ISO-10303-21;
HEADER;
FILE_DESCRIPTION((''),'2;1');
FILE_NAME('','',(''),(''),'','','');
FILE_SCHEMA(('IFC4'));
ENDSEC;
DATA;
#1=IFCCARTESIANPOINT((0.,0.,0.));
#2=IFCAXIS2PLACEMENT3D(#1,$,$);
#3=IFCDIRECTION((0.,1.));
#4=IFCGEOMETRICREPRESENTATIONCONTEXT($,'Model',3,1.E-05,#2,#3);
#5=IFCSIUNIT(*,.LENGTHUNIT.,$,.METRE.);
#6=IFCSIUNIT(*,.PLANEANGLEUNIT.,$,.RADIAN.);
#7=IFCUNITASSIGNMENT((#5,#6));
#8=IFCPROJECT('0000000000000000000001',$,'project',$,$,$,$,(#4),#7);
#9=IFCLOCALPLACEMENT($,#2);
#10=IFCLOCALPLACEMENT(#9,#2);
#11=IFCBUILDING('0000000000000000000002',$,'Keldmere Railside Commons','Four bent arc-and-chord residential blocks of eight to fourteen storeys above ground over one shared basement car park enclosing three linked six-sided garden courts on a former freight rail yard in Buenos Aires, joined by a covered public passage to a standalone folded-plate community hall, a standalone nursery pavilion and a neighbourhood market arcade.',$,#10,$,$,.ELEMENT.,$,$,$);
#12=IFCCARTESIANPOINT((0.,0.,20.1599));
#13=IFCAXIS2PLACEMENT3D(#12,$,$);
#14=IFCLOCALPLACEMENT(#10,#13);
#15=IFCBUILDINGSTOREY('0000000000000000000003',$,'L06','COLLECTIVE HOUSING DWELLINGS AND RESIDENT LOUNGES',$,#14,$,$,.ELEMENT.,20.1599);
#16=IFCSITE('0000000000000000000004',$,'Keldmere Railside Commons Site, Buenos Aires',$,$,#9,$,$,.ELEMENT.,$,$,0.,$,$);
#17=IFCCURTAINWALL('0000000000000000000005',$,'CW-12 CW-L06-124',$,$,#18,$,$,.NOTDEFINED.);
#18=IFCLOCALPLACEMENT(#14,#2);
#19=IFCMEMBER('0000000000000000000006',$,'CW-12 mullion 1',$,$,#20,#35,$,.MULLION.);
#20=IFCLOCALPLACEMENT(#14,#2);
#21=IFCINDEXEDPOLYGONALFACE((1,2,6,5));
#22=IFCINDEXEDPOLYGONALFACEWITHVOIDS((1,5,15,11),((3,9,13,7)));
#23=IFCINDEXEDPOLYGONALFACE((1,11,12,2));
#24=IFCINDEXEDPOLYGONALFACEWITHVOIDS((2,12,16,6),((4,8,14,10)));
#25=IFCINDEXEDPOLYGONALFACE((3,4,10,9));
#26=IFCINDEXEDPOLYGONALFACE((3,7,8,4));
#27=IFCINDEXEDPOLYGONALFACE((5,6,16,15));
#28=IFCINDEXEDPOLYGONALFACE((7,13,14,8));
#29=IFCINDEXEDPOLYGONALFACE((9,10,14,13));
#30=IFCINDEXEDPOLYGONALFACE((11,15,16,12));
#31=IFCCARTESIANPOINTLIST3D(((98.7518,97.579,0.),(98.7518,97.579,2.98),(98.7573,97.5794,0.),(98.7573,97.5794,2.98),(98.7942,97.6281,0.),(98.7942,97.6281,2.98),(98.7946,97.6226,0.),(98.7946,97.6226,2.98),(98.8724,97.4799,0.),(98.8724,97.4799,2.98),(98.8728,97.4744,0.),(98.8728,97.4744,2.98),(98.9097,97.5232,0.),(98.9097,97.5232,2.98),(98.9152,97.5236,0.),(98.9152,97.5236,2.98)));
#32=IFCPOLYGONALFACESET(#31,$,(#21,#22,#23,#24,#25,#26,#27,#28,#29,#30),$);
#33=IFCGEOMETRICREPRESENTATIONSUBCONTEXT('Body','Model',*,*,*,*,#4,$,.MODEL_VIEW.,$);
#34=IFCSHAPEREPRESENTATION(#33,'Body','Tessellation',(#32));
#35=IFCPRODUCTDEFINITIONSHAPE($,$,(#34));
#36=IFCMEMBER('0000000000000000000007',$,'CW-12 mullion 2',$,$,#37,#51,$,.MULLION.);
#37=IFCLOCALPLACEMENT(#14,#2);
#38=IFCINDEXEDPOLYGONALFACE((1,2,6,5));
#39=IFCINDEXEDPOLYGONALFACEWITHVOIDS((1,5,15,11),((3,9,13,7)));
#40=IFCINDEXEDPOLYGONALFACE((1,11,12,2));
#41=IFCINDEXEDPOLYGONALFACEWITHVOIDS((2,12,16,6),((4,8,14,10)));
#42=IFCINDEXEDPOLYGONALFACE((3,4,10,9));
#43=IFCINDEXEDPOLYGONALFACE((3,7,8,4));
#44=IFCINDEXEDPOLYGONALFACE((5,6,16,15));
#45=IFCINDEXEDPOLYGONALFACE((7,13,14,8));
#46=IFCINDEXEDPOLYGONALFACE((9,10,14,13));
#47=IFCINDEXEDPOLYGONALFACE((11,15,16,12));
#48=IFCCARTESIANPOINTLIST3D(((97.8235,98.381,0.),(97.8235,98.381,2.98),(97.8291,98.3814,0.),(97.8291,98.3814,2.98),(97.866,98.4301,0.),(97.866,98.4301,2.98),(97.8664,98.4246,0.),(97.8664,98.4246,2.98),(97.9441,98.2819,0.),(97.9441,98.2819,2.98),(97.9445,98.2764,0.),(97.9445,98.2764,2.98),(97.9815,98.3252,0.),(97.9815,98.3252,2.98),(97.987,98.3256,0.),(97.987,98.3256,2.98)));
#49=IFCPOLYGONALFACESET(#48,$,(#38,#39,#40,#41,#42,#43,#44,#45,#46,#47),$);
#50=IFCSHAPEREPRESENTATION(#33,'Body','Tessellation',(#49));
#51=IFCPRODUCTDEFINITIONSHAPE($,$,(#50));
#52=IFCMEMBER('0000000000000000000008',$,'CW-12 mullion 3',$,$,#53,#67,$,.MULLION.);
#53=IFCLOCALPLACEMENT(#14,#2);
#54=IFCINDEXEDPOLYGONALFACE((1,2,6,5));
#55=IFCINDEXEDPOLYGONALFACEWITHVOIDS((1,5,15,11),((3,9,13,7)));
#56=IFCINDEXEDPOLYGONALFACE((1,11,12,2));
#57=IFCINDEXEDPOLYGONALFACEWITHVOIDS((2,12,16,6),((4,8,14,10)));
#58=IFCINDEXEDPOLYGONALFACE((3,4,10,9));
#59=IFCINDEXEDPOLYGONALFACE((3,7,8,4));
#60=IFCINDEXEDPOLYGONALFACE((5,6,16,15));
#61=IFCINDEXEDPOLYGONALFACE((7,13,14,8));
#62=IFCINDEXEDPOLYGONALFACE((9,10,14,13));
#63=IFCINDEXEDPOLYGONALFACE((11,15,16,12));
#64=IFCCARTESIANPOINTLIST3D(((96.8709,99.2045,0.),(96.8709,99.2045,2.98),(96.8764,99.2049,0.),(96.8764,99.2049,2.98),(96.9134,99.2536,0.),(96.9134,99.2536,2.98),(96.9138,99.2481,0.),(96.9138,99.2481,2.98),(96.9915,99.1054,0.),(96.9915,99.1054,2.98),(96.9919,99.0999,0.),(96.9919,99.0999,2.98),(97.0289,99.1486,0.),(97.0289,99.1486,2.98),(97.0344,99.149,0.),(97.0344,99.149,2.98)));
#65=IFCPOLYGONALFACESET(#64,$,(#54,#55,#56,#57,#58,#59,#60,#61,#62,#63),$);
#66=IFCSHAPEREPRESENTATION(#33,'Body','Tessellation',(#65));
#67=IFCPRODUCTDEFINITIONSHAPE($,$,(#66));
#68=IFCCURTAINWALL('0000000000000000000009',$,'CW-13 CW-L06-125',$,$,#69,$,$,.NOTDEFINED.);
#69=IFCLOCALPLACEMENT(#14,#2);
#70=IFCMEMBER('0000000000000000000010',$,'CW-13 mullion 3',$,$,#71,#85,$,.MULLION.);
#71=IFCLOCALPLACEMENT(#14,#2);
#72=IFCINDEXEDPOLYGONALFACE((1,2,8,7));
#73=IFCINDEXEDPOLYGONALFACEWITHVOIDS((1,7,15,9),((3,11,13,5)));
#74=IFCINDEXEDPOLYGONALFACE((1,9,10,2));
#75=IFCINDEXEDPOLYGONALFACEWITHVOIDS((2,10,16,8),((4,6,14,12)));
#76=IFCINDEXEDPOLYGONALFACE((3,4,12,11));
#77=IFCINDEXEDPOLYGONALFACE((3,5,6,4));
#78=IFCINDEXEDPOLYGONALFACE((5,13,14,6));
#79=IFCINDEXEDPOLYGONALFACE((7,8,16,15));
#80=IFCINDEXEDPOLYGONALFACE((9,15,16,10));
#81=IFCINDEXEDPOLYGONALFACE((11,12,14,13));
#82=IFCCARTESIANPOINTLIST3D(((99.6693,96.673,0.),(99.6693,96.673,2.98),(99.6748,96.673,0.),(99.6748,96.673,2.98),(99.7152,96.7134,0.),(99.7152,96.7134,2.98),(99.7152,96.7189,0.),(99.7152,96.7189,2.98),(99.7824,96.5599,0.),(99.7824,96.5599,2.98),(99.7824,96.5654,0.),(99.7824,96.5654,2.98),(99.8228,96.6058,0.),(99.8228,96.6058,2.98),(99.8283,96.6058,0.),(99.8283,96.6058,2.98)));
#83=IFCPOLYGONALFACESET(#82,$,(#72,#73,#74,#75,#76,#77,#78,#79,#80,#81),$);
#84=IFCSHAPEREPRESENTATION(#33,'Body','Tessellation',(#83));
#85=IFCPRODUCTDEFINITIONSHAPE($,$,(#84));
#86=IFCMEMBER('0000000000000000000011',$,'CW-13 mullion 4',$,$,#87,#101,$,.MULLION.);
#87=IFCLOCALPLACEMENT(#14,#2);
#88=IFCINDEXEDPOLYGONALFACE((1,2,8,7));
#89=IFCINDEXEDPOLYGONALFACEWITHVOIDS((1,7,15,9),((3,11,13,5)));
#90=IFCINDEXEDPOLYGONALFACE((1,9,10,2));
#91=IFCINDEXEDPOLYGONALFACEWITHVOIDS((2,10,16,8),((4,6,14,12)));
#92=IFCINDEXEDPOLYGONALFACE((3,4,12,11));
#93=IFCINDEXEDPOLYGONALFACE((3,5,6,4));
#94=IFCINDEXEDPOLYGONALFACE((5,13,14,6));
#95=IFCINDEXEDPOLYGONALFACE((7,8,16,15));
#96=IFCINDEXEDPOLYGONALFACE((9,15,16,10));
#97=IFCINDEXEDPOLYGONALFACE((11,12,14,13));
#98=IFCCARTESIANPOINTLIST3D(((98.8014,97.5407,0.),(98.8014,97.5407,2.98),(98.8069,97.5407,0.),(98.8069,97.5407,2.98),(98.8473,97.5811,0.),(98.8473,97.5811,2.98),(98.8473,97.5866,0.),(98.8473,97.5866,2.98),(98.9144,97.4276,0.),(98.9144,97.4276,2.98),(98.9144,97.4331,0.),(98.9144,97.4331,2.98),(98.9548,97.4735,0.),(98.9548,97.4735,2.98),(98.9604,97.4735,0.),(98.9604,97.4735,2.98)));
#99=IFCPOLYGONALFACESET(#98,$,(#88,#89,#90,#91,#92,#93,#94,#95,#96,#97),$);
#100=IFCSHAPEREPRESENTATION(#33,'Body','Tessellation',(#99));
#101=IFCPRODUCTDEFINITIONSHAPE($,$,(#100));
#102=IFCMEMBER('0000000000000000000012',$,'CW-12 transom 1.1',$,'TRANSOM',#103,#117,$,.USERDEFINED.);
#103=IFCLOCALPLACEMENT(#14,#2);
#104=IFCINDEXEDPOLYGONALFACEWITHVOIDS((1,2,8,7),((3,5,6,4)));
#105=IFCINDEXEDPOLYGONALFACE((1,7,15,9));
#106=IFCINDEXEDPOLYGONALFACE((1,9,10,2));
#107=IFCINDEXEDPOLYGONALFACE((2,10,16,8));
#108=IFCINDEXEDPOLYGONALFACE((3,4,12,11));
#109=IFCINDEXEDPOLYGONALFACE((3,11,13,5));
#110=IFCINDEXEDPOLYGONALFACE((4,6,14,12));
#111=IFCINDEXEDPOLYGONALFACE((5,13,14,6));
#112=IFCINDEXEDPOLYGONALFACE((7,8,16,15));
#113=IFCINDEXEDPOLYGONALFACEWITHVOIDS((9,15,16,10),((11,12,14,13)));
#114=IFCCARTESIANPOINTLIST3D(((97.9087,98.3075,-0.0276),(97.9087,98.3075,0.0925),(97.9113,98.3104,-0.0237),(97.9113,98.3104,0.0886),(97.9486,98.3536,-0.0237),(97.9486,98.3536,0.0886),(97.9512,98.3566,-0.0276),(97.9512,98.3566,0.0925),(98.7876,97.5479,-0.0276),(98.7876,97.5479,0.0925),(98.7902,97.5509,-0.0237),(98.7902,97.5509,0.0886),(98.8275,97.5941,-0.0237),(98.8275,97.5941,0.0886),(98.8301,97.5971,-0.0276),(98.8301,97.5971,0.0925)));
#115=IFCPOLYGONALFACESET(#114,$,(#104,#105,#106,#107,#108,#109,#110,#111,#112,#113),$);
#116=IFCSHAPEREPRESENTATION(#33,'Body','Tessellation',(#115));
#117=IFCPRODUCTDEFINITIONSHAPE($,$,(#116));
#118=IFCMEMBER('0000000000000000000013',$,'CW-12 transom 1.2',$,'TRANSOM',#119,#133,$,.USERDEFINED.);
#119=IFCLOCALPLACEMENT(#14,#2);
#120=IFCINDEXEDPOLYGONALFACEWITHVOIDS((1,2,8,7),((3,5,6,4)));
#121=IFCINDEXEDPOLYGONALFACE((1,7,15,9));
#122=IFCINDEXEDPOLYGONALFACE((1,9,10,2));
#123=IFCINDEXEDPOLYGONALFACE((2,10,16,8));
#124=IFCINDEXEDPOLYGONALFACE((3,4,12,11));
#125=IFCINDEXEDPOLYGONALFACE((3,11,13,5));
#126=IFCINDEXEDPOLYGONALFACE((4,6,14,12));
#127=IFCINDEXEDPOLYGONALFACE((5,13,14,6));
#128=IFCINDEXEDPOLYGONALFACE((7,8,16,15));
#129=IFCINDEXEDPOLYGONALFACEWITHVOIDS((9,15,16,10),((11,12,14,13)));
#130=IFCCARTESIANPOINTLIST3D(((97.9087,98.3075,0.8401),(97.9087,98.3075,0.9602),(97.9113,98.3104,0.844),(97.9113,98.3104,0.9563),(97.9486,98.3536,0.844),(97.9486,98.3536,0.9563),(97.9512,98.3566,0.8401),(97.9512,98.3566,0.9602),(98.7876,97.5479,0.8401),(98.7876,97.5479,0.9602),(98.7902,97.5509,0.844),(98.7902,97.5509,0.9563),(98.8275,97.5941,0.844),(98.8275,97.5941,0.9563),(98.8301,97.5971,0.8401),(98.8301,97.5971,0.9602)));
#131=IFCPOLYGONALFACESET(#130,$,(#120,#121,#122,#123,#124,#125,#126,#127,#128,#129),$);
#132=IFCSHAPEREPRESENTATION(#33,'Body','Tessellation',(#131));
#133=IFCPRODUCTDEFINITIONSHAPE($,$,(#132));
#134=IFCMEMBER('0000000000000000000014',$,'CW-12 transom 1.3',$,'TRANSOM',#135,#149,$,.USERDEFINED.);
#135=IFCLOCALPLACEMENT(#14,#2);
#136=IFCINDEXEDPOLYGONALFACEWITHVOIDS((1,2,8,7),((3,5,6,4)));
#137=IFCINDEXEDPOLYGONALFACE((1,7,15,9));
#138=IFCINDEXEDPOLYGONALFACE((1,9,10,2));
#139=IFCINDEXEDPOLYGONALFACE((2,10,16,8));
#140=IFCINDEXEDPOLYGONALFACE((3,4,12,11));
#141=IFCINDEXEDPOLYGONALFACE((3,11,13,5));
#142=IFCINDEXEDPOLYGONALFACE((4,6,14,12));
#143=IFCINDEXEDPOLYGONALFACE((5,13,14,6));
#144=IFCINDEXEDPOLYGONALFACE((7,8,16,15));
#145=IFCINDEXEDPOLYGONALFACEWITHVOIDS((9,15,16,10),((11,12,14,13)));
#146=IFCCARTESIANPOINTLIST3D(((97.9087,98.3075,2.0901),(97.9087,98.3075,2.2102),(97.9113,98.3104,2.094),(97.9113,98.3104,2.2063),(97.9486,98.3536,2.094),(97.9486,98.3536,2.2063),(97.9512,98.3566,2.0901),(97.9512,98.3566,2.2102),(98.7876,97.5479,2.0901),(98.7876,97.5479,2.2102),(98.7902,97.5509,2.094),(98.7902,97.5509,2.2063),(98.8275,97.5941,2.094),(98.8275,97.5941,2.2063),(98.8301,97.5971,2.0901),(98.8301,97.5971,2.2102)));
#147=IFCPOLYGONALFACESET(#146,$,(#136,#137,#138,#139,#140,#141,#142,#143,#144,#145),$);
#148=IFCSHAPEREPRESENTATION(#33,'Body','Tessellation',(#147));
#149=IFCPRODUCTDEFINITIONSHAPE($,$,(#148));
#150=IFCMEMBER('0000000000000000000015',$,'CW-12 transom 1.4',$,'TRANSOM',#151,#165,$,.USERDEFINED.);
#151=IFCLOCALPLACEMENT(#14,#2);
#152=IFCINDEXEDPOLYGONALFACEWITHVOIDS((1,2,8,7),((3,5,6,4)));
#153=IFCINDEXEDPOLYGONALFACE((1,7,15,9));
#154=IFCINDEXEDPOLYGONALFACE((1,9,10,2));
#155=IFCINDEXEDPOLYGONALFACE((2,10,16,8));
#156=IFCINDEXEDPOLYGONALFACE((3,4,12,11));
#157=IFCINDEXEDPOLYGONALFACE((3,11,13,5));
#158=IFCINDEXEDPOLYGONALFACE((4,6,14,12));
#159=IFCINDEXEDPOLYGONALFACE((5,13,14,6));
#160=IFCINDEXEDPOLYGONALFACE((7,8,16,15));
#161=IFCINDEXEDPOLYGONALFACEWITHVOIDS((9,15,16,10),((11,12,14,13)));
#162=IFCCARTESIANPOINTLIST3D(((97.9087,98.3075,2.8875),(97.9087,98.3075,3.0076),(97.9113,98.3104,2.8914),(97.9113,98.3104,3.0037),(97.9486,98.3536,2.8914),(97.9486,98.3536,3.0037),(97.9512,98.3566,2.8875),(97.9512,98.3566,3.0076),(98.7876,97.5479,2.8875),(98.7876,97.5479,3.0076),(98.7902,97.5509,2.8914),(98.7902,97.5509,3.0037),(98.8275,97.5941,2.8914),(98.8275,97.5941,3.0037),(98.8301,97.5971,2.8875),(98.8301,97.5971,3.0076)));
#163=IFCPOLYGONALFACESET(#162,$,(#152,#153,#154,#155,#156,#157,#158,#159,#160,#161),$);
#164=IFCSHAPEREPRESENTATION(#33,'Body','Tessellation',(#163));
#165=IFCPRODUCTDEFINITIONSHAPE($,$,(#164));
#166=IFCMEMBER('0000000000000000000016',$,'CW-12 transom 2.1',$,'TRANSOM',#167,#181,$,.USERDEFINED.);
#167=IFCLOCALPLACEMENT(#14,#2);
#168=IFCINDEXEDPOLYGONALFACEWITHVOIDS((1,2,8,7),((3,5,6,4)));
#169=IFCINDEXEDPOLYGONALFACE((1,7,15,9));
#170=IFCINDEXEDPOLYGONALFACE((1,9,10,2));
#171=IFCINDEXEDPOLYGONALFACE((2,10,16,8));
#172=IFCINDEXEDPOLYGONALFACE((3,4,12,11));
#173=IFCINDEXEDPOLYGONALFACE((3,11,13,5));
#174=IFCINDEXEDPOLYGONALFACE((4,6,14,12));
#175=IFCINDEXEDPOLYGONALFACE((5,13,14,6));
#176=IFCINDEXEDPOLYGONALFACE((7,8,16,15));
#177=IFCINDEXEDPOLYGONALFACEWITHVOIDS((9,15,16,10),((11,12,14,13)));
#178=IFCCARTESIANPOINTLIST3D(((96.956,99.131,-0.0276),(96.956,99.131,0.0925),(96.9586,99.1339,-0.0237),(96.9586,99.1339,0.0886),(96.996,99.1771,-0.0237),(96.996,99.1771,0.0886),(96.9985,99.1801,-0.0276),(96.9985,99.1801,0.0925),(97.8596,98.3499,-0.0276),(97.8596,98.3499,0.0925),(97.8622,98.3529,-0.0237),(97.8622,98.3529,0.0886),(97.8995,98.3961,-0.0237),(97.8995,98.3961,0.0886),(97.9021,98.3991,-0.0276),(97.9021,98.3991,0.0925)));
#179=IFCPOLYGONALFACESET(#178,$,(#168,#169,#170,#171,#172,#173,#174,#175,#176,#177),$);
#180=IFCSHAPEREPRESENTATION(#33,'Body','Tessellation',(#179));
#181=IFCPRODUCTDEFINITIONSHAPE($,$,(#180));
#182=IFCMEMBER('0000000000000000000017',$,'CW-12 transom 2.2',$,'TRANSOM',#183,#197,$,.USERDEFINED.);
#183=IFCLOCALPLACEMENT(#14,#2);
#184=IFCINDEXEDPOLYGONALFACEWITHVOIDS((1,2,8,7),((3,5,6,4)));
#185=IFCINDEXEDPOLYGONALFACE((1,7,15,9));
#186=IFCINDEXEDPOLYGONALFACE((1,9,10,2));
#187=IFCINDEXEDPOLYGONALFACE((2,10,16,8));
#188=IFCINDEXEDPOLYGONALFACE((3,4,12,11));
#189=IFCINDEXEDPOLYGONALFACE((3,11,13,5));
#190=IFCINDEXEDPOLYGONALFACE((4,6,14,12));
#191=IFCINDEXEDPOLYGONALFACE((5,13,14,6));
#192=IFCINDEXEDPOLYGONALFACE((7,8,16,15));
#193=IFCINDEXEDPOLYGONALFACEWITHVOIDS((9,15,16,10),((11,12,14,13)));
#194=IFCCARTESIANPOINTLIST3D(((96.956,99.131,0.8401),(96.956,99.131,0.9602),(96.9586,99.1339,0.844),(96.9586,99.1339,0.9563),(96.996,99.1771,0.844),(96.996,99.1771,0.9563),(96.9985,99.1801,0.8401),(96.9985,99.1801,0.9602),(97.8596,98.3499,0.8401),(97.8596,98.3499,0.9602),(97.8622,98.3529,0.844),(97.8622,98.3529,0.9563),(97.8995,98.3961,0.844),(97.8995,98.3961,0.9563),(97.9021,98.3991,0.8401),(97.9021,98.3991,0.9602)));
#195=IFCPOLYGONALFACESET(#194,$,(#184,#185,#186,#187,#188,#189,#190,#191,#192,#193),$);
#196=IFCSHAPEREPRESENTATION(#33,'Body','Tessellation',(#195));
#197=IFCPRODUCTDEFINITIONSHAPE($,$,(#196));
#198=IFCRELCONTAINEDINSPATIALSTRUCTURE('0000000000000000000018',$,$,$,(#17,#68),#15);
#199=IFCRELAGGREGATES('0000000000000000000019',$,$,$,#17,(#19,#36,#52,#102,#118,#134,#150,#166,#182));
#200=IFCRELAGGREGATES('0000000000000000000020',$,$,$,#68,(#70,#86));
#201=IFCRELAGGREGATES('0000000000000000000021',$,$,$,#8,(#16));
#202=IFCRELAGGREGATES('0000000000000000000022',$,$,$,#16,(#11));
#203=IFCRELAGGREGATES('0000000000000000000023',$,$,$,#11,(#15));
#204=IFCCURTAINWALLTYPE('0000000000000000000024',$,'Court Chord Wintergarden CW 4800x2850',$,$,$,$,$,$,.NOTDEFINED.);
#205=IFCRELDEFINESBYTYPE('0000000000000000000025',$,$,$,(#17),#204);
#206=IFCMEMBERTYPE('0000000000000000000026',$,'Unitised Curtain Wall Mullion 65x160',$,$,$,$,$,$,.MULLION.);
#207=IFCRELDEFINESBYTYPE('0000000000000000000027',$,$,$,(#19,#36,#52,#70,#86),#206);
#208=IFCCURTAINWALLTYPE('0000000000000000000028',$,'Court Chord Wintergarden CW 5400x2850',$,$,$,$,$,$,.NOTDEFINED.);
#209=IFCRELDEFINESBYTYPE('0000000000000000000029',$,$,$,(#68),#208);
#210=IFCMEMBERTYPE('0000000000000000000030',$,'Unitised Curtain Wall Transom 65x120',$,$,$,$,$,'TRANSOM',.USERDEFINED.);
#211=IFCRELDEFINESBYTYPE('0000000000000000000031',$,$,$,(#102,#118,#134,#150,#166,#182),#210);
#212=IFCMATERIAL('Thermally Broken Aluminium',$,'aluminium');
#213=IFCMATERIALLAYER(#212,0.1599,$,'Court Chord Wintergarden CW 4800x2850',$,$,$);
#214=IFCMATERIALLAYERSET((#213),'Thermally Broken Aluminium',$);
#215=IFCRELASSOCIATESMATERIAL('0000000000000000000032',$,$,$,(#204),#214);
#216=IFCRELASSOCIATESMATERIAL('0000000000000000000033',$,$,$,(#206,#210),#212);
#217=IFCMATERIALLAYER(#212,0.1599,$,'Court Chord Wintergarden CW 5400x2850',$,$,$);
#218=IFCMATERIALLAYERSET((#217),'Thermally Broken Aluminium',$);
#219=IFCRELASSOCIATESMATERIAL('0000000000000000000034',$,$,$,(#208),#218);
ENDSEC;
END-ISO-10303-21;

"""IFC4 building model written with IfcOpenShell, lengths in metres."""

from ifc_helpers import new_model, si_unit, direction, frame, origin, origin_2d, place, context, subcontext, project, spatial, hollow_rectangle, extrude, material, layer, layer_set, material_profile, profile_set, type_object, element, aggregate, save


model = new_model("IFC4")

# Units and contexts
model_context = context("Model", 3, precision=1e-05, world=origin(), true_north=direction((0.0, 1.0)))
body_context = subcontext(model_context, "Body", "Model", "MODEL_VIEW")
ifc_project = project(units=[si_unit("LENGTHUNIT", "METRE"), si_unit("PLANEANGLEUNIT", "RADIAN")], contexts=[model_context])

# Site, building, storey
site_placement = place(None, origin())
site = spatial("IfcSite", under=ifc_project, at=site_placement, Name="Keldmere Railside Commons Site, Buenos Aires", CompositionType="ELEMENT", RefElevation=0.0)
building_placement = place(site_placement, origin())
building = spatial("IfcBuilding", under=site, at=building_placement, Name="Keldmere Railside Commons", Description="Four bent arc-and-chord residential blocks of eight to fourteen storeys above ground over one shared basement car park enclosing three linked six-sided garden courts on a former freight rail yard in Buenos Aires, joined by a covered public passage to a standalone folded-plate community hall, a standalone nursery pavilion and a neighbourhood market arcade.", CompositionType="ELEMENT")
storey_placement = place(building_placement, frame((0.0, 0.0, 20.1599)))
storey = spatial("IfcBuildingStorey", under=building, at=storey_placement, Name="L06", Description="COLLECTIVE HOUSING DWELLINGS AND RESIDENT LOUNGES", CompositionType="ELEMENT", Elevation=20.1599)

# Curtain walls, members
ifc_material_1 = material(Name="Thermally Broken Aluminium", Category="aluminium")
ifc_layer_1 = layer(ifc_material_1, 0.1599, Name="Court Chord Wintergarden CW 4800x2850")
ifc_layer_set_1 = layer_set([ifc_layer_1], Name="Thermally Broken Aluminium")
curtain_wall_type_1 = type_object("IfcCurtainWallType", Name="Court Chord Wintergarden CW 4800x2850", PredefinedType="NOTDEFINED", material=ifc_layer_set_1)
curtain_wall_1_placement = place(storey_placement, origin())
curtain_wall_1 = element("IfcCurtainWall", 1, at=curtain_wall_1_placement, inside=storey, type_object=curtain_wall_type_1, Name="CW-12 CW-L06-124", PredefinedType="NOTDEFINED")
ifc_material_profile_1 = material_profile(ifc_material_1, hollow_rectangle(XDim=0.0649, YDim=0.1599, WallThickness=0.0039, at=origin_2d()), Name="ALU-MULL-65x160")
ifc_profile_set_1 = profile_set([ifc_material_profile_1], Name="Thermally Broken Aluminium")
member_type_1 = type_object("IfcMemberType", Name="Unitised Curtain Wall Mullion 65x160", PredefinedType="MULLION", material=ifc_profile_set_1)
member_1_placement = place(storey_placement, frame((98.8335, 97.5513, 0.0), z_axis=(0.0, 0.0, 1.0), x_axis=(-0.653882, -0.756597, 0.0)))
member_1 = element("IfcMember", 2, at=member_1_placement, type_object=member_type_1, Name="CW-12 mullion 1", PredefinedType="MULLION", context=body_context, shape_type="SweptSolid", body=[
    extrude(hollow_rectangle(XDim=0.0649, YDim=0.1599, WallThickness=0.0039, at=origin_2d()), origin(), (0.0, 0.0, 1.0), 2.98),
])
member_2_placement = place(storey_placement, frame((97.9053, 98.3533, 0.0), z_axis=(0.0, 0.0, 1.0), x_axis=(-0.653882, -0.756597, 0.0)))
member_2 = element("IfcMember", 3, at=member_2_placement, type_object=member_type_1, Name="CW-12 mullion 2", PredefinedType="MULLION", context=body_context, shape_type="SweptSolid", body=[
    extrude(hollow_rectangle(XDim=0.0649, YDim=0.1599, WallThickness=0.0039, at=origin_2d()), origin(), (0.0, 0.0, 1.0), 2.98),
])
member_3_placement = place(storey_placement, frame((96.9526, 99.1768, 0.0), z_axis=(0.0, 0.0, 1.0), x_axis=(-0.653882, -0.756597, 0.0)))
member_3 = element("IfcMember", 4, at=member_3_placement, type_object=member_type_1, Name="CW-12 mullion 3", PredefinedType="MULLION", context=body_context, shape_type="SweptSolid", body=[
    extrude(hollow_rectangle(XDim=0.0649, YDim=0.1599, WallThickness=0.0039, at=origin_2d()), origin(), (0.0, 0.0, 1.0), 2.98),
])
ifc_layer_2 = layer(ifc_material_1, 0.1599, Name="Court Chord Wintergarden CW 5400x2850")
ifc_layer_set_2 = layer_set([ifc_layer_2], Name="Thermally Broken Aluminium")
curtain_wall_type_2 = type_object("IfcCurtainWallType", Name="Court Chord Wintergarden CW 5400x2850", PredefinedType="NOTDEFINED", material=ifc_layer_set_2)
curtain_wall_2_placement = place(storey_placement, origin())
curtain_wall_2 = element("IfcCurtainWall", 5, at=curtain_wall_2_placement, inside=storey, type_object=curtain_wall_type_2, Name="CW-13 CW-L06-125", PredefinedType="NOTDEFINED")
member_4_placement = place(storey_placement, frame((99.7488, 96.6394, 0.0), z_axis=(0.0, 0.0, 1.0), x_axis=(-0.707107, -0.707107, 0.0)))
member_4 = element("IfcMember", 6, at=member_4_placement, type_object=member_type_1, Name="CW-13 mullion 3", PredefinedType="MULLION", context=body_context, shape_type="SweptSolid", body=[
    extrude(hollow_rectangle(XDim=0.0649, YDim=0.1599, WallThickness=0.0039, at=origin_2d()), origin(), (0.0, 0.0, 1.0), 2.98),
])
member_5_placement = place(storey_placement, frame((98.8809, 97.5071, 0.0), z_axis=(0.0, 0.0, 1.0), x_axis=(-0.707107, -0.707107, 0.0)))
member_5 = element("IfcMember", 7, at=member_5_placement, type_object=member_type_1, Name="CW-13 mullion 4", PredefinedType="MULLION", context=body_context, shape_type="SweptSolid", body=[
    extrude(hollow_rectangle(XDim=0.0649, YDim=0.1599, WallThickness=0.0039, at=origin_2d()), origin(), (0.0, 0.0, 1.0), 2.98),
])

# Members
ifc_material_profile_2 = material_profile(ifc_material_1, hollow_rectangle(XDim=0.0649, YDim=0.1201, WallThickness=0.0039, at=origin_2d()), Name="ALU-TRAN-65x120")
ifc_profile_set_2 = profile_set([ifc_material_profile_2], Name="Thermally Broken Aluminium")
member_type_2 = type_object("IfcMemberType", Name="Unitised Curtain Wall Transom 65x120", ElementType="TRANSOM", PredefinedType="USERDEFINED", material=ifc_profile_set_2)
member_6_placement = place(storey_placement, frame((98.8088, 97.5725, 0.0325), z_axis=(-0.756624, 0.65385, 0.0), x_axis=(-0.65385, -0.756624, 0.0)))
member_6 = element("IfcMember", 8, at=member_6_placement, type_object=member_type_2, Name="CW-12 transom 1.1", ObjectType="TRANSOM", PredefinedType="USERDEFINED", context=body_context, shape_type="SweptSolid", body=[
    extrude(hollow_rectangle(XDim=0.0649, YDim=0.1201, WallThickness=0.0039, at=origin_2d()), origin(), (0.0, 0.0, 1.0), 1.1616),
])
member_7_placement = place(storey_placement, frame((98.8088, 97.5725, 0.9001), z_axis=(-0.756624, 0.65385, 0.0), x_axis=(-0.65385, -0.756624, 0.0)))
member_7 = element("IfcMember", 9, at=member_7_placement, type_object=member_type_2, Name="CW-12 transom 1.2", ObjectType="TRANSOM", PredefinedType="USERDEFINED", context=body_context, shape_type="SweptSolid", body=[
    extrude(hollow_rectangle(XDim=0.0649, YDim=0.1201, WallThickness=0.0039, at=origin_2d()), origin(), (0.0, 0.0, 1.0), 1.1616),
])
member_8_placement = place(storey_placement, frame((98.8088, 97.5725, 2.1501), z_axis=(-0.756624, 0.65385, 0.0), x_axis=(-0.65385, -0.756624, 0.0)))
member_8 = element("IfcMember", 10, at=member_8_placement, type_object=member_type_2, Name="CW-12 transom 1.3", ObjectType="TRANSOM", PredefinedType="USERDEFINED", context=body_context, shape_type="SweptSolid", body=[
    extrude(hollow_rectangle(XDim=0.0649, YDim=0.1201, WallThickness=0.0039, at=origin_2d()), origin(), (0.0, 0.0, 1.0), 1.1616),
])
member_9_placement = place(storey_placement, frame((98.8088, 97.5725, 2.9475), z_axis=(-0.756624, 0.65385, 0.0), x_axis=(-0.65385, -0.756624, 0.0)))
member_9 = element("IfcMember", 11, at=member_9_placement, type_object=member_type_2, Name="CW-12 transom 1.4", ObjectType="TRANSOM", PredefinedType="USERDEFINED", context=body_context, shape_type="SweptSolid", body=[
    extrude(hollow_rectangle(XDim=0.0649, YDim=0.1201, WallThickness=0.0039, at=origin_2d()), origin(), (0.0, 0.0, 1.0), 1.1616),
])
member_10_placement = place(storey_placement, frame((97.8809, 98.3745, 0.0325), z_axis=(-0.756552, 0.653934, 0.0), x_axis=(-0.653934, -0.756552, 0.0)))
member_10 = element("IfcMember", 12, at=member_10_placement, type_object=member_type_2, Name="CW-12 transom 2.1", ObjectType="TRANSOM", PredefinedType="USERDEFINED", context=body_context, shape_type="SweptSolid", body=[
    extrude(hollow_rectangle(XDim=0.0649, YDim=0.1201, WallThickness=0.0039, at=origin_2d()), origin(), (0.0, 0.0, 1.0), 1.1943),
])
member_11_placement = place(storey_placement, frame((97.8809, 98.3745, 0.9001), z_axis=(-0.756552, 0.653934, 0.0), x_axis=(-0.653934, -0.756552, 0.0)))
member_11 = element("IfcMember", 13, at=member_11_placement, type_object=member_type_2, Name="CW-12 transom 2.2", ObjectType="TRANSOM", PredefinedType="USERDEFINED", context=body_context, shape_type="SweptSolid", body=[
    extrude(hollow_rectangle(XDim=0.0649, YDim=0.1201, WallThickness=0.0039, at=origin_2d()), origin(), (0.0, 0.0, 1.0), 1.1943),
])

aggregate(curtain_wall_1, [member_1, member_2, member_3, member_6, member_7, member_8, member_9, member_10, member_11])
aggregate(curtain_wall_2, [member_4, member_5])

save(model, "model.ifc")
